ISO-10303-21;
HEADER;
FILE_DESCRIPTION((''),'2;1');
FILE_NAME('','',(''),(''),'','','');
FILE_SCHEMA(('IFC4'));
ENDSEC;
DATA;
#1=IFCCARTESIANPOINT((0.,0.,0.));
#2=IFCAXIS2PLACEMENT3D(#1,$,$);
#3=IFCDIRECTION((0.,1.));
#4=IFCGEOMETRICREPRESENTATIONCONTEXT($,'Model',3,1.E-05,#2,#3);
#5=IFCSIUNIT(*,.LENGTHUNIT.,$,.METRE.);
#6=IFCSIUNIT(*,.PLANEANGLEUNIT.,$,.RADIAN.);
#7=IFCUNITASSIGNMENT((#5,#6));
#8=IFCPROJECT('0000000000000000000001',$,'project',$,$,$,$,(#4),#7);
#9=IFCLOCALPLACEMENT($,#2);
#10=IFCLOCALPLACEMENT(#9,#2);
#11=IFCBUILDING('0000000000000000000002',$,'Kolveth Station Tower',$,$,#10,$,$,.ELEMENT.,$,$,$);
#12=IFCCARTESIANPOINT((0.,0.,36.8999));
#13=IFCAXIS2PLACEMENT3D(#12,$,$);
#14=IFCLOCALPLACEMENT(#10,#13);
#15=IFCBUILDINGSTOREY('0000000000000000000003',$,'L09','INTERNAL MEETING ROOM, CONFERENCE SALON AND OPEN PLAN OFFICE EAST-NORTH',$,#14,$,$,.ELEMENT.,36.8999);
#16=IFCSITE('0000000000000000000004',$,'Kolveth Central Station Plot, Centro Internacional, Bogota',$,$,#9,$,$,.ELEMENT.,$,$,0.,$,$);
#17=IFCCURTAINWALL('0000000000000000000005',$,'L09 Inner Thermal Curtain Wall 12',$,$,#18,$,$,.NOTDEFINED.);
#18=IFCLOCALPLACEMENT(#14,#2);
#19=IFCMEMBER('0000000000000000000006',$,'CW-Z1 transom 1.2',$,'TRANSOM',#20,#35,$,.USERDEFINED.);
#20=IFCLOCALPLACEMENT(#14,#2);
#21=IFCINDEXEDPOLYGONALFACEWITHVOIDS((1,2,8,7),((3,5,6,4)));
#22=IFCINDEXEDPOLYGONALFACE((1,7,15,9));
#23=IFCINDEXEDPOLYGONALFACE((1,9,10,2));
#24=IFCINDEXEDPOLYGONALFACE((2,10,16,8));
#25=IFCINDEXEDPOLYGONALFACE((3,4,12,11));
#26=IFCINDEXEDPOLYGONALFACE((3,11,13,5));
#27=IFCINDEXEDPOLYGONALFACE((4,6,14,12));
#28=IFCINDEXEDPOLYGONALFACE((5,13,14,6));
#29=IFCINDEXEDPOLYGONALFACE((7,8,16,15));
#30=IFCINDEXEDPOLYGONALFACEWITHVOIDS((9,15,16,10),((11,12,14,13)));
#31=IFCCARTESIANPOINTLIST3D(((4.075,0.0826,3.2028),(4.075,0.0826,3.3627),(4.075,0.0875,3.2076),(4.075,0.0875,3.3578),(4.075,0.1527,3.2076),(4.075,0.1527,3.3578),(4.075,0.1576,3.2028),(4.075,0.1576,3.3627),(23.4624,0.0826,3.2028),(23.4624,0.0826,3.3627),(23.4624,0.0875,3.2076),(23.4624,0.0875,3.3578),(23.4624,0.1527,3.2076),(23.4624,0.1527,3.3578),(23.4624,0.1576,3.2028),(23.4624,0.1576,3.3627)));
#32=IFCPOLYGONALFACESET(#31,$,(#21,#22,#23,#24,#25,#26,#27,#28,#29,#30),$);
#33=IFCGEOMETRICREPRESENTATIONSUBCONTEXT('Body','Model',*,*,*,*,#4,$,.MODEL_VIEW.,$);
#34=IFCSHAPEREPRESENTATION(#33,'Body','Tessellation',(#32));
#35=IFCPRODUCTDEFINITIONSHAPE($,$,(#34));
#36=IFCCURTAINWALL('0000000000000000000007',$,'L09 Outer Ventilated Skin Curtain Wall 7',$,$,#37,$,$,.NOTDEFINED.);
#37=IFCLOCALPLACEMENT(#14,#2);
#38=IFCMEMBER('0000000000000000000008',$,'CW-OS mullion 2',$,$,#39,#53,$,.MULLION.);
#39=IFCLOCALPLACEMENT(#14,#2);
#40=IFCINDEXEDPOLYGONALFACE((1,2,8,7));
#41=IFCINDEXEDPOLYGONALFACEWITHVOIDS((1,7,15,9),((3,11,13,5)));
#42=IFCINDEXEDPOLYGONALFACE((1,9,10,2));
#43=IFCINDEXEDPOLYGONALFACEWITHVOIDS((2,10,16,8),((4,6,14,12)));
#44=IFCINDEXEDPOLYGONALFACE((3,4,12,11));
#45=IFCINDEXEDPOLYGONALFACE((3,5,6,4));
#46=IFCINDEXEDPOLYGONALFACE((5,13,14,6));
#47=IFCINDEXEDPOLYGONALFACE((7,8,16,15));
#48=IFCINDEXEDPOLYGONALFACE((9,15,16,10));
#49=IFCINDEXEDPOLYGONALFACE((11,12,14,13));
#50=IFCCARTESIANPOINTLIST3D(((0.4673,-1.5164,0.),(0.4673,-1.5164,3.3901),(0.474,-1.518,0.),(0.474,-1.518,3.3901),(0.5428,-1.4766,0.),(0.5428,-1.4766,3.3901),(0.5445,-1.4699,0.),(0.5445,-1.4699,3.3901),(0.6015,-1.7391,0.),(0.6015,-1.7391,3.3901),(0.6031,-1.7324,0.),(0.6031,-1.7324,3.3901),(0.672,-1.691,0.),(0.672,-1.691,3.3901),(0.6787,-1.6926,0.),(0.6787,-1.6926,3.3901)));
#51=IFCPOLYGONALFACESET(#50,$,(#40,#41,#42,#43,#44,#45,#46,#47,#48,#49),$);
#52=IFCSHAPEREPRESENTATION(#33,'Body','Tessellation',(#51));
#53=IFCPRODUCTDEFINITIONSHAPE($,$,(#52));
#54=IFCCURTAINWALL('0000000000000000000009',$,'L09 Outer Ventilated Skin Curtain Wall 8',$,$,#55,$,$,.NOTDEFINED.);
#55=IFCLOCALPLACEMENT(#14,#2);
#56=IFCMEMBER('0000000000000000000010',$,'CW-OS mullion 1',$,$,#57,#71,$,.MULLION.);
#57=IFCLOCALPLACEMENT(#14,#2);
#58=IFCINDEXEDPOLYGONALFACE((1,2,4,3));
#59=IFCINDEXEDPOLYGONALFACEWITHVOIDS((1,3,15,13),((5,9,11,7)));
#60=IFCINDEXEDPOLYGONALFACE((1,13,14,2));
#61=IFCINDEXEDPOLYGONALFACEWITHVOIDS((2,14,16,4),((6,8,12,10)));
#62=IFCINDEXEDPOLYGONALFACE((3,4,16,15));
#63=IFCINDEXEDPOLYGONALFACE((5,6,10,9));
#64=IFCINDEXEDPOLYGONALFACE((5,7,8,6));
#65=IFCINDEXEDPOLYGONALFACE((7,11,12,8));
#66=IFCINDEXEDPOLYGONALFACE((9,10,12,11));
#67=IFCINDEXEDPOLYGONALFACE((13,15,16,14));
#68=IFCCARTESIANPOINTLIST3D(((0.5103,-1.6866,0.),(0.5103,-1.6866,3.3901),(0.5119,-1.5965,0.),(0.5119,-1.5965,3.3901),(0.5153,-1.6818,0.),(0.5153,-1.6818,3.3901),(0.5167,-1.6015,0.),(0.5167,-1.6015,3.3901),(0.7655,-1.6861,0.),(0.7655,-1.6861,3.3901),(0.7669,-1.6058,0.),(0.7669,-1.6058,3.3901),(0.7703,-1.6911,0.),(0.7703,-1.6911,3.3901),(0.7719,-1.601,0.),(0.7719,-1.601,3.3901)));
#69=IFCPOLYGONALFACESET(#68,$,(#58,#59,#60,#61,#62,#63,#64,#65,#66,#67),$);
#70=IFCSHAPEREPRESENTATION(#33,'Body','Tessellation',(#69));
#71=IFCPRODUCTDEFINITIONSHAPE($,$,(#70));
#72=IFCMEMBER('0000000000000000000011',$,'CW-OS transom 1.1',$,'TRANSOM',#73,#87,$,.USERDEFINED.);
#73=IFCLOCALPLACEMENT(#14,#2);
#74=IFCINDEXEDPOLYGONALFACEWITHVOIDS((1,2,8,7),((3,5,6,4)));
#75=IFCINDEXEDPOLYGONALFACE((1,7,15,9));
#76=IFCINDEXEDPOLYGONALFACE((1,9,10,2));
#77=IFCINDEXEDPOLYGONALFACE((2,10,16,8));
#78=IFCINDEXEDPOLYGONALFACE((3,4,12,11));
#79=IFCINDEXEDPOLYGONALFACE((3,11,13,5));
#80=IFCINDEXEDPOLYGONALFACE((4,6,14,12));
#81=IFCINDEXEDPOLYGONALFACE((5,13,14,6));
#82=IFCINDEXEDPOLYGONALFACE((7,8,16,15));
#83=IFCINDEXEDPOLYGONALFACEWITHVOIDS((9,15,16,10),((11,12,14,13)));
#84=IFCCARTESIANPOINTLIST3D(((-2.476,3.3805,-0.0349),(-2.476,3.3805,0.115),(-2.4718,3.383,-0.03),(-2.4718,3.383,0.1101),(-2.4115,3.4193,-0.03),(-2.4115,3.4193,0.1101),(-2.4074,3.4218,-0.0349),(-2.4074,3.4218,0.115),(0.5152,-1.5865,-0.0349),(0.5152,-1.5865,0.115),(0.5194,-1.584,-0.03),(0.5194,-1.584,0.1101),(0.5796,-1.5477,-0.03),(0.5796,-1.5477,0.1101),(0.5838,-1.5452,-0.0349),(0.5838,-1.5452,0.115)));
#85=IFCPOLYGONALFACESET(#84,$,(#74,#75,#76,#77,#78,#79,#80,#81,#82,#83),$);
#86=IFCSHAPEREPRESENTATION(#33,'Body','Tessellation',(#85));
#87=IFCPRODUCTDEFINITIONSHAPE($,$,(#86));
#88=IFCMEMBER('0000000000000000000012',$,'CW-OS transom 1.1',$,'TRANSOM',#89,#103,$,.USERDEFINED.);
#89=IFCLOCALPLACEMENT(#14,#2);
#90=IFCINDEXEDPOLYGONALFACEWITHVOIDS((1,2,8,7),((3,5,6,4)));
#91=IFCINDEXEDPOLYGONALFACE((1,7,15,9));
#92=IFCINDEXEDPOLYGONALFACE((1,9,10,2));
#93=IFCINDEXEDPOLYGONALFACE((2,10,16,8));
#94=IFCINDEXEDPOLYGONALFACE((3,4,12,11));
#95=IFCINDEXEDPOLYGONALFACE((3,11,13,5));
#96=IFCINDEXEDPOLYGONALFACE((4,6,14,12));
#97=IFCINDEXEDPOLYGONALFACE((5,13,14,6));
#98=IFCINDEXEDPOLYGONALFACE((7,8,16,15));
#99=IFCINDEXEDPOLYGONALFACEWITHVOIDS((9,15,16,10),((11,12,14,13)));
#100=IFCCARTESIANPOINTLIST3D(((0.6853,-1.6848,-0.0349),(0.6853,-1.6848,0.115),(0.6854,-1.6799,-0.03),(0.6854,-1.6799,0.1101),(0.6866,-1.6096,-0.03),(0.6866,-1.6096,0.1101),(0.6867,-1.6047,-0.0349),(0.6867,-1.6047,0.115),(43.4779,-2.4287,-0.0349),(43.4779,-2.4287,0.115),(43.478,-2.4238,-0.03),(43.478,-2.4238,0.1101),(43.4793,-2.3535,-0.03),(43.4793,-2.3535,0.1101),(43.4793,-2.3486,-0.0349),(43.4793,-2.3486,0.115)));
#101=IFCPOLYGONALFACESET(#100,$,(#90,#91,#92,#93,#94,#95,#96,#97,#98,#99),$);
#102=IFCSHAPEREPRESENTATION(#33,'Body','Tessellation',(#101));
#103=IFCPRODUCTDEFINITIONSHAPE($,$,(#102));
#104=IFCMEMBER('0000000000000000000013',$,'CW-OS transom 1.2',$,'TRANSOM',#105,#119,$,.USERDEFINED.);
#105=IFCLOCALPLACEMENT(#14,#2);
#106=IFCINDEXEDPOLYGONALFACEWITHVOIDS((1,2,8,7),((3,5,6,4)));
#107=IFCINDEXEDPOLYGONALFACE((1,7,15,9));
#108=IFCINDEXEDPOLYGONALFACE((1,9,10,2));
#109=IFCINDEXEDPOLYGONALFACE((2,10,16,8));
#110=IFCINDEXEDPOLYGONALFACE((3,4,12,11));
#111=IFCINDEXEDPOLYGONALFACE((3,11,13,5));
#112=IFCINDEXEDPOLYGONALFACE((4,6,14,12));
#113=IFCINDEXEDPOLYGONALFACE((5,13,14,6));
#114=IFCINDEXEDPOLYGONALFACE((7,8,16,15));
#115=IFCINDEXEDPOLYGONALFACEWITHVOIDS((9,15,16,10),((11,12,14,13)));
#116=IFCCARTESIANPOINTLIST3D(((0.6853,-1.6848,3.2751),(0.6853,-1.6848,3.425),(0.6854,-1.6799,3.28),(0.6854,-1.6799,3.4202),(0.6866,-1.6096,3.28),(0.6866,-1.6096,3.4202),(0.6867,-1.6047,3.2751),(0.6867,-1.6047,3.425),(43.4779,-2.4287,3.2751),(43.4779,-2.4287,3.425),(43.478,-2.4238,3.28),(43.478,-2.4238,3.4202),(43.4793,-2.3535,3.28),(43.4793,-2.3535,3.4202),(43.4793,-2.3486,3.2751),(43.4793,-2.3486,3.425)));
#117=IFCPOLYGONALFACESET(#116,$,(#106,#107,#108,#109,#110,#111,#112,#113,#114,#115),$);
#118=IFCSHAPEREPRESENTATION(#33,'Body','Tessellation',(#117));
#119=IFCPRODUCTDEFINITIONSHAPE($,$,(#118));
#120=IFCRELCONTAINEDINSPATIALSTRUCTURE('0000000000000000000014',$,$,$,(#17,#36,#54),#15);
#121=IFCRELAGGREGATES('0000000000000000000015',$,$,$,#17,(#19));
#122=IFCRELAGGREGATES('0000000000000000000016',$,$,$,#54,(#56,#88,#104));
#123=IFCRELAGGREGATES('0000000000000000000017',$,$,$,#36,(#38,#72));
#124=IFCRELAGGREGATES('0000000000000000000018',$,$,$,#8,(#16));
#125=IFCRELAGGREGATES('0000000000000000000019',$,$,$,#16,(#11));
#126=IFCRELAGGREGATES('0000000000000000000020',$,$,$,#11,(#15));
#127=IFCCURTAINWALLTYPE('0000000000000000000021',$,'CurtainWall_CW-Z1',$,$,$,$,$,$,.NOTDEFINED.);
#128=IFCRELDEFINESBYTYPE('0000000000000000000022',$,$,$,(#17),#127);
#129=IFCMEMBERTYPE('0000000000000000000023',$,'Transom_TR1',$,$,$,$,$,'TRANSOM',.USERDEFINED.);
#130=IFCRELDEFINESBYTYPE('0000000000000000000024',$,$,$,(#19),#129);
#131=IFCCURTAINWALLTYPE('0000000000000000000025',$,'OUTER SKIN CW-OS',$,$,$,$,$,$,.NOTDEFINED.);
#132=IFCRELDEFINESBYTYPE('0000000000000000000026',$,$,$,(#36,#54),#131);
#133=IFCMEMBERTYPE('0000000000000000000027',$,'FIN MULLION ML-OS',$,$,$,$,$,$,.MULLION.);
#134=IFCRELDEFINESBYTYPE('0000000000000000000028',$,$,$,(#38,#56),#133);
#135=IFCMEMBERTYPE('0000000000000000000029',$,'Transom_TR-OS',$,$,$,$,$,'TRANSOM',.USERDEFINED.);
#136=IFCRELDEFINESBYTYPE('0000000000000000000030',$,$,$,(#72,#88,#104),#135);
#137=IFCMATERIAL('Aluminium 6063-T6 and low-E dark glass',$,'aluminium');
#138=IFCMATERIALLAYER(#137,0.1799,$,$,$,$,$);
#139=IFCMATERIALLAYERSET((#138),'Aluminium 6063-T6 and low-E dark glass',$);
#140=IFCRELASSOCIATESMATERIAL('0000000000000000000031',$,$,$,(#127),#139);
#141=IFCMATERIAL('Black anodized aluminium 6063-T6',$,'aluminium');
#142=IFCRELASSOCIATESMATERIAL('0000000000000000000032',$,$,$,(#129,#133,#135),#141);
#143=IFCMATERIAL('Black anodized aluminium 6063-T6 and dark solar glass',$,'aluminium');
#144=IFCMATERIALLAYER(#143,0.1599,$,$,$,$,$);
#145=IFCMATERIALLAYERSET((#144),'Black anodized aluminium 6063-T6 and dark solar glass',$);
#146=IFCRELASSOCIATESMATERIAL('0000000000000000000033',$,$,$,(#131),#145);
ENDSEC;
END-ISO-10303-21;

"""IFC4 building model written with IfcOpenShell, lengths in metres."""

from ifc_helpers import new_model, si_unit, direction, frame, origin, origin_2d, place, context, subcontext, project, spatial, hollow_rectangle, extrude, source, transform, mapped, material, layer, layer_set, material_profile, profile_set, type_object, element, aggregate, save


model = new_model("IFC4")

# Units and contexts
model_context = context("Model", 3, precision=1e-05, world=origin(), true_north=direction((0.0, 1.0)))
body_context = subcontext(model_context, "Body", "Model", "MODEL_VIEW")
ifc_project = project(units=[si_unit("LENGTHUNIT", "METRE"), si_unit("PLANEANGLEUNIT", "RADIAN")], contexts=[model_context])

# Site, building, storey
site_placement = place(None, origin())
site = spatial("IfcSite", under=ifc_project, at=site_placement, Name="Kolveth Central Station Plot, Centro Internacional, Bogota", CompositionType="ELEMENT", RefElevation=0.0)
building_placement = place(site_placement, origin())
building = spatial("IfcBuilding", under=site, at=building_placement, Name="Kolveth Station Tower", CompositionType="ELEMENT")
storey_placement = place(building_placement, frame((0.0, 0.0, 36.8999)))
storey = spatial("IfcBuildingStorey", under=building, at=storey_placement, Name="L09", Description="INTERNAL MEETING ROOM, CONFERENCE SALON AND OPEN PLAN OFFICE EAST-NORTH", CompositionType="ELEMENT", Elevation=36.8999)

# Shared definitions
ifc_material_1 = material(Name="Aluminium 6063-T6 and low-E dark glass", Category="aluminium")
ifc_layer_1 = layer(ifc_material_1, 0.1799)
ifc_layer_set_1 = layer_set([ifc_layer_1], Name="Aluminium 6063-T6 and low-E dark glass")
curtain_wall_type_1 = type_object("IfcCurtainWallType", Name="CurtainWall_CW-Z1", PredefinedType="NOTDEFINED", material=ifc_layer_set_1)
ifc_material_2 = material(Name="Black anodized aluminium 6063-T6", Category="aluminium")

# Curtain wall
curtain_wall_1_placement = place(storey_placement, origin())
curtain_wall_1 = element("IfcCurtainWall", 1, at=curtain_wall_1_placement, inside=storey, type_object=curtain_wall_type_1, Name="L09 Inner Thermal Curtain Wall 12", PredefinedType="NOTDEFINED")

# Member
ifc_material_profile_1 = material_profile(ifc_material_2, hollow_rectangle(XDim=0.075, YDim=0.1599, WallThickness=0.0049, at=origin_2d()), Name="ALU-75x160x5")
ifc_profile_set_1 = profile_set([ifc_material_profile_1], Name="Black anodized aluminium 6063-T6")
member_type_1 = type_object("IfcMemberType", Name="Transom_TR1", ElementType="TRANSOM", PredefinedType="USERDEFINED", material=ifc_profile_set_1)
shared_shape_1 = source(origin(), body_context, "Body", "SweptSolid", [
    extrude(hollow_rectangle(XDim=0.075, YDim=0.1599, WallThickness=0.0049, at=origin_2d()), origin(), (0.0, 0.0, 1.0), 19.3875),
])
member_1_placement = place(storey_placement, frame((4.075, 0.1201, 3.2827), z_axis=(1.0, 0.0, 0.0), x_axis=(0.0, 1.0, 0.0)))
member_1 = element("IfcMember", 2, at=member_1_placement, type_object=member_type_1, Name="CW-Z1 transom 1.2", ObjectType="TRANSOM", PredefinedType="USERDEFINED", context=body_context, shape_type="MappedRepresentation", body=[
    mapped(shared_shape_1, transform((0.0, 0.0, 0.0), x_axis=(1.0, 0.0, 0.0), y_axis=(0.0, 1.0, 0.0), z_axis=(0.0, 0.0, 1.0), scale=1.0)),
])
aggregate(curtain_wall_1, [member_1])

# Curtain walls, members
ifc_material_3 = material(Name="Black anodized aluminium 6063-T6 and dark solar glass", Category="aluminium")
ifc_layer_2 = layer(ifc_material_3, 0.1599)
ifc_layer_set_2 = layer_set([ifc_layer_2], Name="Black anodized aluminium 6063-T6 and dark solar glass")
curtain_wall_type_2 = type_object("IfcCurtainWallType", Name="OUTER SKIN CW-OS", PredefinedType="NOTDEFINED", material=ifc_layer_set_2)
curtain_wall_2_placement = place(storey_placement, origin())
curtain_wall_2 = element("IfcCurtainWall", 3, at=curtain_wall_2_placement, inside=storey, type_object=curtain_wall_type_2, Name="L09 Outer Ventilated Skin Curtain Wall 7", PredefinedType="NOTDEFINED")
ifc_material_profile_2 = material_profile(ifc_material_2, hollow_rectangle(XDim=0.0901, YDim=0.26, WallThickness=0.0049, at=origin_2d()), Name="ALU-90x260x5")
ifc_profile_set_2 = profile_set([ifc_material_profile_2], Name="Black anodized aluminium 6063-T6")
member_type_2 = type_object("IfcMemberType", Name="FIN MULLION ML-OS", PredefinedType="MULLION", material=ifc_profile_set_2)
shared_shape_2 = source(origin(), body_context, "Body", "SweptSolid", [
    extrude(hollow_rectangle(XDim=0.0901, YDim=0.26, WallThickness=0.0049, at=origin_2d()), origin(), (0.0, 0.0, 1.0), 3.3901),
])
member_2_placement = place(storey_placement, frame((0.573, -1.6045, 0.0), z_axis=(0.0, 0.0, 1.0), x_axis=(0.856642, 0.515912, 0.0)))
member_2 = element("IfcMember", 4, at=member_2_placement, type_object=member_type_2, Name="CW-OS mullion 2", PredefinedType="MULLION", context=body_context, shape_type="MappedRepresentation", body=[
    mapped(shared_shape_2, transform((0.0, 0.0, 0.0), x_axis=(1.0, 0.0, 0.0), y_axis=(0.0, 1.0, 0.0), z_axis=(0.0, 0.0, 1.0), scale=1.0)),
])
curtain_wall_3_placement = place(storey_placement, origin())
curtain_wall_3 = element("IfcCurtainWall", 5, at=curtain_wall_3_placement, inside=storey, type_object=curtain_wall_type_2, Name="L09 Outer Ventilated Skin Curtain Wall 8", PredefinedType="NOTDEFINED")
member_3_placement = place(storey_placement, frame((0.6411, -1.6438, 0.0), z_axis=(0.0, 0.0, 1.0), x_axis=(0.017383, 0.999849, 0.0)))
member_3 = element("IfcMember", 6, at=member_3_placement, type_object=member_type_2, Name="CW-OS mullion 1", PredefinedType="MULLION", context=body_context, shape_type="MappedRepresentation", body=[
    mapped(shared_shape_2, transform((0.0, 0.0, 0.0), x_axis=(1.0, 0.0, 0.0), y_axis=(0.0, 1.0, 0.0), z_axis=(0.0, 0.0, 1.0), scale=1.0)),
])

# Members
ifc_material_profile_3 = material_profile(ifc_material_2, hollow_rectangle(XDim=0.0801, YDim=0.1499, WallThickness=0.0049, at=origin_2d()), Name="ALU-80x150x5")
ifc_profile_set_3 = profile_set([ifc_material_profile_3], Name="Black anodized aluminium 6063-T6")
member_type_3 = type_object("IfcMemberType", Name="Transom_TR-OS", ElementType="TRANSOM", PredefinedType="USERDEFINED", material=ifc_profile_set_3)
shared_shape_3 = source(origin(), body_context, "Body", "SweptSolid", [
    extrude(hollow_rectangle(XDim=0.0801, YDim=0.1499, WallThickness=0.0049, at=origin_2d()), origin(), (0.0, 0.0, 1.0), 5.7981),
])
member_4_placement = place(storey_placement, frame((-2.4417, 3.4011, 0.04), z_axis=(0.515888, -0.856656, 0.0), x_axis=(0.856656, 0.515888, 0.0)))
member_4 = element("IfcMember", 7, at=member_4_placement, type_object=member_type_3, Name="CW-OS transom 1.1", ObjectType="TRANSOM", PredefinedType="USERDEFINED", context=body_context, shape_type="MappedRepresentation", body=[
    mapped(shared_shape_3, transform((0.0, 0.0, 0.0), x_axis=(1.0, 0.0, 0.0), y_axis=(0.0, 1.0, 0.0), z_axis=(0.0, 0.0, 1.0), scale=1.0)),
])
shared_shape_4 = source(origin(), body_context, "Body", "SweptSolid", [
    extrude(hollow_rectangle(XDim=0.0801, YDim=0.1499, WallThickness=0.0049, at=origin_2d()), origin(), (0.0, 0.0, 1.0), 42.7991),
])
member_5_placement = place(storey_placement, frame((0.686, -1.6448, 0.04), z_axis=(0.999849, -0.017381, 0.0), x_axis=(0.017381, 0.999849, 0.0)))
member_5 = element("IfcMember", 8, at=member_5_placement, type_object=member_type_3, Name="CW-OS transom 1.1", ObjectType="TRANSOM", PredefinedType="USERDEFINED", context=body_context, shape_type="MappedRepresentation", body=[
    mapped(shared_shape_4, transform((0.0, 0.0, 0.0), x_axis=(1.0, 0.0, 0.0), y_axis=(0.0, 1.0, 0.0), z_axis=(0.0, 0.0, 1.0), scale=1.0)),
])
member_6_placement = place(storey_placement, frame((0.686, -1.6448, 3.3501), z_axis=(0.999849, -0.017381, 0.0), x_axis=(0.017381, 0.999849, 0.0)))
member_6 = element("IfcMember", 9, at=member_6_placement, type_object=member_type_3, Name="CW-OS transom 1.2", ObjectType="TRANSOM", PredefinedType="USERDEFINED", context=body_context, shape_type="MappedRepresentation", body=[
    mapped(shared_shape_4, transform((0.0, 0.0, 0.0), x_axis=(1.0, 0.0, 0.0), y_axis=(0.0, 1.0, 0.0), z_axis=(0.0, 0.0, 1.0), scale=1.0)),
])
aggregate(curtain_wall_3, [member_3, member_5, member_6])

aggregate(curtain_wall_2, [member_2, member_4])

save(model, "model.ifc")
